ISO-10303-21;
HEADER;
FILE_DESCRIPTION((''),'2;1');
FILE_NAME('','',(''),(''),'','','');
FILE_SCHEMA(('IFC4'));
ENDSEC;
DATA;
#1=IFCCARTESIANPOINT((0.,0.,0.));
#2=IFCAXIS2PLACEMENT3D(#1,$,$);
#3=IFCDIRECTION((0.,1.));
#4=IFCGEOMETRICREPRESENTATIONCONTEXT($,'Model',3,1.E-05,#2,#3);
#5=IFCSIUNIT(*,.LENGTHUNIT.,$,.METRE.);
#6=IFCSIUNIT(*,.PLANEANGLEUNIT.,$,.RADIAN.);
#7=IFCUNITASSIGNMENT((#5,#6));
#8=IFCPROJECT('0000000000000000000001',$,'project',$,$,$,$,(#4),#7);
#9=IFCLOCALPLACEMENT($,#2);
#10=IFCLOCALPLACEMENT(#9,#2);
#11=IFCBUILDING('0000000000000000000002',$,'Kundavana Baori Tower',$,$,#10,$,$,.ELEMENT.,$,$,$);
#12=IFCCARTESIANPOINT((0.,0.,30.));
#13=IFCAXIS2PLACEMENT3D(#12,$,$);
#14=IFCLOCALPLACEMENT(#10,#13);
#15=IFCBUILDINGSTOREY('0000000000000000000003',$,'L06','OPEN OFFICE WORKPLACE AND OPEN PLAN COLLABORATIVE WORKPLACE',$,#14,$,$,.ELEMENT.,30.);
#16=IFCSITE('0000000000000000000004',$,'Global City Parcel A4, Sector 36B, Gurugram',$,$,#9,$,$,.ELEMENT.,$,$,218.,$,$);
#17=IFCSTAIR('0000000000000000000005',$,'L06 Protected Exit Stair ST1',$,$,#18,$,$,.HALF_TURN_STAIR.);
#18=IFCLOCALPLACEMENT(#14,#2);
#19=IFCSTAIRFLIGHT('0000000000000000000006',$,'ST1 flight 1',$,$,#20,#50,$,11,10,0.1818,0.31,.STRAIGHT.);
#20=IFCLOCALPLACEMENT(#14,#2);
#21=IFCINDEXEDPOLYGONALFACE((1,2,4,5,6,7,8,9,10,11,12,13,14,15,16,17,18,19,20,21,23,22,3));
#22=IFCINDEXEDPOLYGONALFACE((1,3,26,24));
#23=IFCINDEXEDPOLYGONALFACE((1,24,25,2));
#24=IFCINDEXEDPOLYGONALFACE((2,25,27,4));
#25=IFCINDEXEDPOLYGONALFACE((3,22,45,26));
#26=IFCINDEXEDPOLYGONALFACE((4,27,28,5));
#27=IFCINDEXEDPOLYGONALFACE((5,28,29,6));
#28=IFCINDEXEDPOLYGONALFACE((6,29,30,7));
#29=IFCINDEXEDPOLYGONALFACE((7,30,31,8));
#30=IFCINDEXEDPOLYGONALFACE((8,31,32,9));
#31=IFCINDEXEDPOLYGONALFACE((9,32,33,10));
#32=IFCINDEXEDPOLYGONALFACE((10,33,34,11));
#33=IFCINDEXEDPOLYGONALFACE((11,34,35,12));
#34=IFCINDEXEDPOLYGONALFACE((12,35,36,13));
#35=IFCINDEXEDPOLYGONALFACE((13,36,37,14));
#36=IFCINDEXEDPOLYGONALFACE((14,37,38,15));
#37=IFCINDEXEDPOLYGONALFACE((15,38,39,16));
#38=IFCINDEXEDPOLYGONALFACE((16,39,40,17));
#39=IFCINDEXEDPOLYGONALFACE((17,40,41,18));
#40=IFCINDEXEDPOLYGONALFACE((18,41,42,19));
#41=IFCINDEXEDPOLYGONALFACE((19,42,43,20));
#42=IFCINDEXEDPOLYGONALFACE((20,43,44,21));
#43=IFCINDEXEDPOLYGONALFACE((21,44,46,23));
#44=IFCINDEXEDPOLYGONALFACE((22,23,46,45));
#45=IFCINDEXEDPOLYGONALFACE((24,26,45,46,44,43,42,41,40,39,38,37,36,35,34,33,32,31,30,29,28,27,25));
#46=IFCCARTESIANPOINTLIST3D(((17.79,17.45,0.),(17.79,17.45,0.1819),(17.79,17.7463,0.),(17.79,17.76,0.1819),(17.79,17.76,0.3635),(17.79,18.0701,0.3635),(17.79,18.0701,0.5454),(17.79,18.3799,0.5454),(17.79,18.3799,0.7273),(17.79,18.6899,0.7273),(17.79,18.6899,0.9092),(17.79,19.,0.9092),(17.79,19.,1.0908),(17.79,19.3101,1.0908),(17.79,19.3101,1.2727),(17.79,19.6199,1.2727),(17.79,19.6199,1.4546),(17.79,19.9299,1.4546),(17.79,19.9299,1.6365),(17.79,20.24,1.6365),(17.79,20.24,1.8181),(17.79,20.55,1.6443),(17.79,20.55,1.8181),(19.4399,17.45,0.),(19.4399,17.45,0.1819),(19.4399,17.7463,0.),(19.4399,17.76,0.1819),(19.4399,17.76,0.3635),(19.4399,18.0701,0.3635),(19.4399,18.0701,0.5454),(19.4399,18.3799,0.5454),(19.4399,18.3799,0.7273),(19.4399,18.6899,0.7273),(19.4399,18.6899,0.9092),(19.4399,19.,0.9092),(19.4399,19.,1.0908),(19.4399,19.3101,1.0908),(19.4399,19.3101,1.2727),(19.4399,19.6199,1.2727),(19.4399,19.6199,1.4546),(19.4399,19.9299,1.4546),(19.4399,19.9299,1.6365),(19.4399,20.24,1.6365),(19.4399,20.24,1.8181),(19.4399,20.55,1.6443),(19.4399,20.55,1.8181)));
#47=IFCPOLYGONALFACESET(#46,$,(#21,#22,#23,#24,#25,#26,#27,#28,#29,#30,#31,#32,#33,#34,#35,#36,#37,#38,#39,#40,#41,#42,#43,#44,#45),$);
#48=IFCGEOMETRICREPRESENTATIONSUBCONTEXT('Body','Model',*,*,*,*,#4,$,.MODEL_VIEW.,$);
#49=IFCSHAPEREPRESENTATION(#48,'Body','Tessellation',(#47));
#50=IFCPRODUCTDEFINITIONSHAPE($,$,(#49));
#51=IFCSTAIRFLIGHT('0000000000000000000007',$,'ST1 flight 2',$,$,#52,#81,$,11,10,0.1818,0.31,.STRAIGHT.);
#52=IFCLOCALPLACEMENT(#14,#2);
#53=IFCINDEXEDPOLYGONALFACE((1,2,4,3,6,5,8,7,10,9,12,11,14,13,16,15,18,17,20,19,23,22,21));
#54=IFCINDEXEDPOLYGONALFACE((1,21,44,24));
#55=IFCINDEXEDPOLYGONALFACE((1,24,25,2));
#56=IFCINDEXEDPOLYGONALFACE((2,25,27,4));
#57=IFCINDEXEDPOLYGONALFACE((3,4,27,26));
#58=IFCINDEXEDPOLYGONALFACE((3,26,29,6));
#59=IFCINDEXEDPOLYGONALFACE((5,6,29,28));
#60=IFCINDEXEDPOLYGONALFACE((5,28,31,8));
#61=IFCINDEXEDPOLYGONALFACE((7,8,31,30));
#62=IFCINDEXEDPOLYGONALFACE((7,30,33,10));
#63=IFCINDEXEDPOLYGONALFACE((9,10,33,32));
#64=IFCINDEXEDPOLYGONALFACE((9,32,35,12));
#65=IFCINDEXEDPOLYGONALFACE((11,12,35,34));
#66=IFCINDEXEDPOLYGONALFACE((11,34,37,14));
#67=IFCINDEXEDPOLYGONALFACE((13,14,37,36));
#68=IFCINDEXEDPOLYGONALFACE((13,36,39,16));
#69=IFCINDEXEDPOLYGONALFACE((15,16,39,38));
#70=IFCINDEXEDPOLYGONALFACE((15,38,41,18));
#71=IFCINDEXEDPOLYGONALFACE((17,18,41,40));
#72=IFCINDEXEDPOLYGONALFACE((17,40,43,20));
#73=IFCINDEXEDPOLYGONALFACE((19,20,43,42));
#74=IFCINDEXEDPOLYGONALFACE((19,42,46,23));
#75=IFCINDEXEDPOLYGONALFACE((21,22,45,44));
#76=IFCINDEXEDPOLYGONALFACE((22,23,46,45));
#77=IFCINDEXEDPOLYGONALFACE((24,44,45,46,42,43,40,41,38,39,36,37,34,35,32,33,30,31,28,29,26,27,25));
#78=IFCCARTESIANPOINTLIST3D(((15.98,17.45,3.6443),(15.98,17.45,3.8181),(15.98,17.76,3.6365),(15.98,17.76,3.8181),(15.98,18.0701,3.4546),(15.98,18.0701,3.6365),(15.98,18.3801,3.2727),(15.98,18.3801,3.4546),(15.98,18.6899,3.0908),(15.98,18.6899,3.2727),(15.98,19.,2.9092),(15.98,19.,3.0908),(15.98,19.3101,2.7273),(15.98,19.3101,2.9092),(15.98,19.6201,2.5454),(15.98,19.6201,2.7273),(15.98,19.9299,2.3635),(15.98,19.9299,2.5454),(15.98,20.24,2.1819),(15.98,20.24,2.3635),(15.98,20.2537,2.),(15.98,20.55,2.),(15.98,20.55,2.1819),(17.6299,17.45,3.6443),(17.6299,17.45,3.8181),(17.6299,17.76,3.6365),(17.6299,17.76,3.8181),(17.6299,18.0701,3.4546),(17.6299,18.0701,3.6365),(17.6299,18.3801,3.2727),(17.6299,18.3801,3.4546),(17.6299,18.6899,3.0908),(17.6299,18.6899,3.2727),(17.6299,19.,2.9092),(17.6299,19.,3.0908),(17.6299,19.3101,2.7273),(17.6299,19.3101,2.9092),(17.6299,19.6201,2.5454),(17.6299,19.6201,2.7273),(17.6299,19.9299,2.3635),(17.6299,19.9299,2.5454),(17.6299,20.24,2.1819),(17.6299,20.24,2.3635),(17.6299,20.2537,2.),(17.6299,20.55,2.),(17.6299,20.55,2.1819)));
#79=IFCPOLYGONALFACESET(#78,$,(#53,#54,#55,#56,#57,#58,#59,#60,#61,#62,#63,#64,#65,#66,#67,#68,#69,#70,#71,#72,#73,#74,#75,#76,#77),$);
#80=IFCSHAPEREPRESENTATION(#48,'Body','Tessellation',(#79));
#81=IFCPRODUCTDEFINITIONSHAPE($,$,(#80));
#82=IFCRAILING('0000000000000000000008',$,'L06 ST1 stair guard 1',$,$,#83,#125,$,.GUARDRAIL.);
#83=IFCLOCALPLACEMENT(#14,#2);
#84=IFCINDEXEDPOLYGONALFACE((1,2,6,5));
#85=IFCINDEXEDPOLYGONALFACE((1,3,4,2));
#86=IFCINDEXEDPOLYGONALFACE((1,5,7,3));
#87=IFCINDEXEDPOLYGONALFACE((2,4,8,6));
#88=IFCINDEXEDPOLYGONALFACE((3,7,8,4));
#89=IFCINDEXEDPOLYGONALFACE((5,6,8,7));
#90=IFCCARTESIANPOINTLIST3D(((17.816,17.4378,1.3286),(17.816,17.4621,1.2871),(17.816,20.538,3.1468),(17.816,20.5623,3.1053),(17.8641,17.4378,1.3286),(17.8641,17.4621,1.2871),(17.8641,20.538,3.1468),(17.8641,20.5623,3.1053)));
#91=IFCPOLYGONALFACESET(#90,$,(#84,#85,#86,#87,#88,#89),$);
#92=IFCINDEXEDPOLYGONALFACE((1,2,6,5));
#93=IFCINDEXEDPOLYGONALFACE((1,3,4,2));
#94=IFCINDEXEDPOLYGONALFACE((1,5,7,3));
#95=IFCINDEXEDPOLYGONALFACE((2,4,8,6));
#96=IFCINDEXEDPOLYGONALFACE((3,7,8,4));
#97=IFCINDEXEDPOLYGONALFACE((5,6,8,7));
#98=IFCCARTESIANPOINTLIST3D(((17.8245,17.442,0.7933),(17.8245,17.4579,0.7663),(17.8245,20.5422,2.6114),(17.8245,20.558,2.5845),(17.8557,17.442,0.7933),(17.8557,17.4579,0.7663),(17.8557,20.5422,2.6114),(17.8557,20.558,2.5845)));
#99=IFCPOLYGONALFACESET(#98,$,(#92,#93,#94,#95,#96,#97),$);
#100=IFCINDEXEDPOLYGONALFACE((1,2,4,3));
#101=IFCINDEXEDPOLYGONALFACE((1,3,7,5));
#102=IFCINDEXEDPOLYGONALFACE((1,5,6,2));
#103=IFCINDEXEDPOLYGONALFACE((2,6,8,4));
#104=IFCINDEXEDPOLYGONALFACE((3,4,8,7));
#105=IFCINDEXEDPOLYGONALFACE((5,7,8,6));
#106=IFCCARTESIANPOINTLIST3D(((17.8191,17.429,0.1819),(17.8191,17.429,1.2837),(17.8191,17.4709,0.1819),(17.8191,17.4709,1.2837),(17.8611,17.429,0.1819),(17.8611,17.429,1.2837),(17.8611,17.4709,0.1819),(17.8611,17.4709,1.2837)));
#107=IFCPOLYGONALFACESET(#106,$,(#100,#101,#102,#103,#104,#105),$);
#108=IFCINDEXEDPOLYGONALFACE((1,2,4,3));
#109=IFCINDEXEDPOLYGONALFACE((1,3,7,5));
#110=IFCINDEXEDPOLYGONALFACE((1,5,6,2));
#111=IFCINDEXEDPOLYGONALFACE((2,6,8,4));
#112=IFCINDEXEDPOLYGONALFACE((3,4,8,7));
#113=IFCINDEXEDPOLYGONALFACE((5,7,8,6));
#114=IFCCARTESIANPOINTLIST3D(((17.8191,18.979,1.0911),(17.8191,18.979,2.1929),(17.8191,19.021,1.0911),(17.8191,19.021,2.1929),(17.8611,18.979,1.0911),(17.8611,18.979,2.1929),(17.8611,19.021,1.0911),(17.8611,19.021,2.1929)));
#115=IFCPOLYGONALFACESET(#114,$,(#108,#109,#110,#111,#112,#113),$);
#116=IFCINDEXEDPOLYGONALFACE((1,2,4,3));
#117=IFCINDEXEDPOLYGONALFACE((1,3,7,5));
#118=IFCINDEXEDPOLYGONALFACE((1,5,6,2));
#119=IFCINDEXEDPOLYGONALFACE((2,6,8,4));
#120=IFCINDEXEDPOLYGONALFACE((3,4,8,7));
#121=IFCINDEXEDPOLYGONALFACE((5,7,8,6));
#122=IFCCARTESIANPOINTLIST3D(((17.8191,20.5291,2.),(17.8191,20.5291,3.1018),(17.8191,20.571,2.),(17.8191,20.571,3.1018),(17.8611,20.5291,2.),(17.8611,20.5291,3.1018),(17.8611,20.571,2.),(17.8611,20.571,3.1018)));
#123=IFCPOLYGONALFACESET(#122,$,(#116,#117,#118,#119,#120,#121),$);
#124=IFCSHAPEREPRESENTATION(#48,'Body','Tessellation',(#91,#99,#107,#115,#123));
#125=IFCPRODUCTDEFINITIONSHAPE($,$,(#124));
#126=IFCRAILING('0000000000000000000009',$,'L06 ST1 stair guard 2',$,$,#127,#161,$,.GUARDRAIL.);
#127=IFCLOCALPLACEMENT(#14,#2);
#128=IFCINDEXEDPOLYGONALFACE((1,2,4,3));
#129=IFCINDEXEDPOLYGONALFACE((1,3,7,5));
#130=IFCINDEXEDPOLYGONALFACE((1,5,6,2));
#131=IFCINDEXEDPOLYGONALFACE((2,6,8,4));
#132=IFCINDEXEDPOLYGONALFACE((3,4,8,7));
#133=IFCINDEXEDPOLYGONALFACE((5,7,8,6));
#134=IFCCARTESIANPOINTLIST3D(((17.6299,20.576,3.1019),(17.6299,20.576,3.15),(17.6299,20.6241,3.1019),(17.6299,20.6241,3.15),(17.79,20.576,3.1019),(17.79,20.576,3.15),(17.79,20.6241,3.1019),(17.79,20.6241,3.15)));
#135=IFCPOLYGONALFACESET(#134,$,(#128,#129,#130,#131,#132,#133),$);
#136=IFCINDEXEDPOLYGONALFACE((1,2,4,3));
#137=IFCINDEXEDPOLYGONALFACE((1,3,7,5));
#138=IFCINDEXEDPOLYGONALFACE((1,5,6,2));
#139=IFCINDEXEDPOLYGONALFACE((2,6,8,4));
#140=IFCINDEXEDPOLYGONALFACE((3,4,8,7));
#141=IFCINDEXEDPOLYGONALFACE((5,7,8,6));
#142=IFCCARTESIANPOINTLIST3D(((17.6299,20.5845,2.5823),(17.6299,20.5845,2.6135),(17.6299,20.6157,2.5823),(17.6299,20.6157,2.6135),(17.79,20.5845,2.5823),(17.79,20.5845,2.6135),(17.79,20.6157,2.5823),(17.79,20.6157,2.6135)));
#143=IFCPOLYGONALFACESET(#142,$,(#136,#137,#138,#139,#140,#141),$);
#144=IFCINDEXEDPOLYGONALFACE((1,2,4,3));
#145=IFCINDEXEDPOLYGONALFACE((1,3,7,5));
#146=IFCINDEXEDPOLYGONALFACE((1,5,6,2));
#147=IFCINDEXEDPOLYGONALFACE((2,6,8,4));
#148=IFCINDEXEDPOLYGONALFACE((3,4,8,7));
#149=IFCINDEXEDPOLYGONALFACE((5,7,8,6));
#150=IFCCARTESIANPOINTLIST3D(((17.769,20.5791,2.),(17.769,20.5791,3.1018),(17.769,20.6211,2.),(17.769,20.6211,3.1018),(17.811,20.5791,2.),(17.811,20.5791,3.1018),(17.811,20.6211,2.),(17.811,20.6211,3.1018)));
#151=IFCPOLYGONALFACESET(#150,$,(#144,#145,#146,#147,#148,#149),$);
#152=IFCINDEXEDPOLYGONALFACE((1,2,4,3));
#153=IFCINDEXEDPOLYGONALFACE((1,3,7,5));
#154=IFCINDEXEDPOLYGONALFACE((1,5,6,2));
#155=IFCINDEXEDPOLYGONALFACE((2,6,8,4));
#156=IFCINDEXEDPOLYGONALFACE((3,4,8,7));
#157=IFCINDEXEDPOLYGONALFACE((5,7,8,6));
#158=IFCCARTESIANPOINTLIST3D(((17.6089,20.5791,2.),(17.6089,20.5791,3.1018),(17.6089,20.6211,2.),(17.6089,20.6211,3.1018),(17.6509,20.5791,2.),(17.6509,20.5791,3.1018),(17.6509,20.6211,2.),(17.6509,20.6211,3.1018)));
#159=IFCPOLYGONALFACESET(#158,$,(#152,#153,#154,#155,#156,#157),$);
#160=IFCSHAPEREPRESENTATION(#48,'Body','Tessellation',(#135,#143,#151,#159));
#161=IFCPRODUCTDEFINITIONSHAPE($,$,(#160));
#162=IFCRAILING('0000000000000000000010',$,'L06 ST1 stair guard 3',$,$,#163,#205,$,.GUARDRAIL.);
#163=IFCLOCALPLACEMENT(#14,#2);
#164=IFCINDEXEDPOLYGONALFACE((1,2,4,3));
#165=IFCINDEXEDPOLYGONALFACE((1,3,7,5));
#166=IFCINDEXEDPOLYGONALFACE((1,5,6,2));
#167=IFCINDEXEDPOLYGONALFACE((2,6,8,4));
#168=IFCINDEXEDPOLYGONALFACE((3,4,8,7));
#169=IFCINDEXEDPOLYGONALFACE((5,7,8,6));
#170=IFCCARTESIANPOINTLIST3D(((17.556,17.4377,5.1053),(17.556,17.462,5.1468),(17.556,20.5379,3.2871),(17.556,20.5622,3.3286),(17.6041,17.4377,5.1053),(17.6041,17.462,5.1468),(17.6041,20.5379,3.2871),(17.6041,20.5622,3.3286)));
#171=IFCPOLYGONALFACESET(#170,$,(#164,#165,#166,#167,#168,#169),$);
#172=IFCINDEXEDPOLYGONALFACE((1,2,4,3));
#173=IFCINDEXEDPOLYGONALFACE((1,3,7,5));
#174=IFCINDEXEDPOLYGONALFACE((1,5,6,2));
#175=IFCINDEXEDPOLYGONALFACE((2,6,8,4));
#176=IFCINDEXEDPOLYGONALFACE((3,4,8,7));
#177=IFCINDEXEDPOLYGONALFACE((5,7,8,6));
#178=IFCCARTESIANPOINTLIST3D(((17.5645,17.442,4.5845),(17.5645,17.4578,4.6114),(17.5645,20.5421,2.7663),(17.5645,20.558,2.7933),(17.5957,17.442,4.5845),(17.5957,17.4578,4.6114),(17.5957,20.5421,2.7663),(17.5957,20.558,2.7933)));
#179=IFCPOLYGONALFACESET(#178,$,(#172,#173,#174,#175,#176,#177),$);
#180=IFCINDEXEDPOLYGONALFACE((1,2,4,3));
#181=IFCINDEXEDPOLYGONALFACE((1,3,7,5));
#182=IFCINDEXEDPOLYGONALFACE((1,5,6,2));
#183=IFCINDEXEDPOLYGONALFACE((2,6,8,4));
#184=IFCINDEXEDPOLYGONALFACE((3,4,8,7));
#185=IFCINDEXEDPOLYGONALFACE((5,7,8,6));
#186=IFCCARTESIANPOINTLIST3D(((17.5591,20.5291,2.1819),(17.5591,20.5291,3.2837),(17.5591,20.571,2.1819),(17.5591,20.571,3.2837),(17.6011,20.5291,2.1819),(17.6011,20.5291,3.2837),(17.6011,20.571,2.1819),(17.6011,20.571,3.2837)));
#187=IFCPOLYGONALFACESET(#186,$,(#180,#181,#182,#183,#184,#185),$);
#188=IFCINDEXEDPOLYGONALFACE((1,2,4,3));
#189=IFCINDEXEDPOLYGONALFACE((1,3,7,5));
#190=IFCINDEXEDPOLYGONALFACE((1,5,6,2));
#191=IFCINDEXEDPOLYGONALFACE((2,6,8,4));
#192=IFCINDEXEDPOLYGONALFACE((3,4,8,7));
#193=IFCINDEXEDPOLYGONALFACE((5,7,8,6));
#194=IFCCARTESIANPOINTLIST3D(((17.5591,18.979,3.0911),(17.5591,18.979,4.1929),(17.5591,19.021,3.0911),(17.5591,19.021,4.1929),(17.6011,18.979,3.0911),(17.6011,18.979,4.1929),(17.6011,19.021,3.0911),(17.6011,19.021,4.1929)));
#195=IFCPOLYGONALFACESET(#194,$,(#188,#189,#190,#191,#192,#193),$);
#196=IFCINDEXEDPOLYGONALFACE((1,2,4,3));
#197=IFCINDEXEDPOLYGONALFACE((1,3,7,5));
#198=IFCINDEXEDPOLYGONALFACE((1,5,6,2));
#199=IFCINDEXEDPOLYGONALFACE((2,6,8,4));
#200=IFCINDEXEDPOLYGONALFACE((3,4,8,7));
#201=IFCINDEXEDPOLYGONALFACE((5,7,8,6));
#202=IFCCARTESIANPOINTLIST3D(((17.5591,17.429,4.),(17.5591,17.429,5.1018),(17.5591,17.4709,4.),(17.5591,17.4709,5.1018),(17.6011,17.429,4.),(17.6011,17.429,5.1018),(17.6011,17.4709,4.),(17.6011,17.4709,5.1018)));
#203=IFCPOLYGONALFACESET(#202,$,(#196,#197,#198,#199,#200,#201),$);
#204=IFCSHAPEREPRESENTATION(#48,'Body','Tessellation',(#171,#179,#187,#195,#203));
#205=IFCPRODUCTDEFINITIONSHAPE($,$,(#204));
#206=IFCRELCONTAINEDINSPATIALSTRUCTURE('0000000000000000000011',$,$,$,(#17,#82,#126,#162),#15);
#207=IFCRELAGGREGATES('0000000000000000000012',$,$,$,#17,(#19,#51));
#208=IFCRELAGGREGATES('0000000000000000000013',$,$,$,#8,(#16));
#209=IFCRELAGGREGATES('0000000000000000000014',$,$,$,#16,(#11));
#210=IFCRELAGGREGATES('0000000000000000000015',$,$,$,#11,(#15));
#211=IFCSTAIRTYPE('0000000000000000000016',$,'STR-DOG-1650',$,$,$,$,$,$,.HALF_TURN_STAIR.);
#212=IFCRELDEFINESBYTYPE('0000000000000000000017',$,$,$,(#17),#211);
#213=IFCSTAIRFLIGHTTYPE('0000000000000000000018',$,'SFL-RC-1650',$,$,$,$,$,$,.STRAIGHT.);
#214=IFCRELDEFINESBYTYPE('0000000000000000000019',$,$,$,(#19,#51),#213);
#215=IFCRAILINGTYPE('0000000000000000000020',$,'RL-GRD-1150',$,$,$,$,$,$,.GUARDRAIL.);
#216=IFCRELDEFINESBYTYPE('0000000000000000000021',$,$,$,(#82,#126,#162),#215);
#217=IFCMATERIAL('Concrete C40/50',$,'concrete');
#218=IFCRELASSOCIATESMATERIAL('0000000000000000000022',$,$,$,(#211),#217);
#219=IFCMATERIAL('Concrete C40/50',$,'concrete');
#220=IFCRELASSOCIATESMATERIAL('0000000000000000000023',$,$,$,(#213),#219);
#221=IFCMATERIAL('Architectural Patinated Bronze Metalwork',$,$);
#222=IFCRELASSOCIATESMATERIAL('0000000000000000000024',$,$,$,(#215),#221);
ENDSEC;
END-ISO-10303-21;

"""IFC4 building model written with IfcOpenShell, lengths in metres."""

from ifc_helpers import new_model, si_unit, direction, frame, origin, origin_2d, place, context, subcontext, project, spatial, polyline, rectangle, outline, extrude, material, type_object, element, aggregate, save


model = new_model("IFC4")

# Units and contexts
model_context = context("Model", 3, precision=1e-05, world=origin(), true_north=direction((0.0, 1.0)))
body_context = subcontext(model_context, "Body", "Model", "MODEL_VIEW")
ifc_project = project(units=[si_unit("LENGTHUNIT", "METRE"), si_unit("PLANEANGLEUNIT", "RADIAN")], contexts=[model_context])

# Site, building, storey
site_placement = place(None, origin())
site = spatial("IfcSite", under=ifc_project, at=site_placement, Name="Global City Parcel A4, Sector 36B, Gurugram", CompositionType="ELEMENT", RefElevation=218.0)
building_placement = place(site_placement, origin())
building = spatial("IfcBuilding", under=site, at=building_placement, Name="Kundavana Baori Tower", CompositionType="ELEMENT")
storey_placement = place(building_placement, frame((0.0, 0.0, 30.0)))
storey = spatial("IfcBuildingStorey", under=building, at=storey_placement, Name="L06", Description="OPEN OFFICE WORKPLACE AND OPEN PLAN COLLABORATIVE WORKPLACE", CompositionType="ELEMENT", Elevation=30.0)

# Stair, stair flights
ifc_material_1 = material(Name="Concrete C40/50", Category="concrete")
stair_type = type_object("IfcStairType", Name="STR-DOG-1650", PredefinedType="HALF_TURN_STAIR", material=ifc_material_1)
stair_placement = place(storey_placement, origin())
stair = element("IfcStair", 1, at=stair_placement, inside=storey, type_object=stair_type, Name="L06 Protected Exit Stair ST1", PredefinedType="HALF_TURN_STAIR")
ifc_material_2 = material(Name="Concrete C40/50", Category="concrete")
stair_flight_type = type_object("IfcStairFlightType", Name="SFL-RC-1650", PredefinedType="STRAIGHT", material=ifc_material_2)
stair_flight_1_placement = place(storey_placement, frame((18.615, 17.45, 0.0), z_axis=(0.0, 0.0, 1.0), x_axis=(0.0, 1.0, 0.0)))
stair_flight_1 = element("IfcStairFlight", 2, at=stair_flight_1_placement, type_object=stair_flight_type, Name="ST1 flight 1", NumberOfRisers=11, NumberOfTreads=10, PredefinedType="STRAIGHT", RiserHeight=0.1818, TreadLength=0.31, context=body_context, shape_type="SweptSolid", body=[
    extrude(outline(polyline([(0.0, 0.0), (0.0, 0.1819), (0.3101, 0.1819), (0.3101, 0.3635), (0.6201, 0.3635), (0.6201, 0.5454), (0.9299, 0.5454), (0.9299, 0.7273), (1.24, 0.7273), (1.24, 0.9092), (1.55, 0.9092), (1.55, 1.0908), (1.8601, 1.0908), (1.8601, 1.2727), (2.1699, 1.2727), (2.1699, 1.4546), (2.48, 1.4546), (2.48, 1.6365), (2.79, 1.6365), (2.79, 1.8181), (3.1001, 1.8181), (3.1001, 2.0), (3.1001, 1.6443), (0.2964, 0.0), (0.0, 0.0)])), frame((0.0, 0.825, 0.0), z_axis=(0.0, -1.0, 0.0), x_axis=(1.0, 0.0, 0.0)), (0.0, 0.0, 1.0), 1.6499),
])
stair_flight_2_placement = place(storey_placement, frame((16.8049, 20.55, 2.0), z_axis=(0.0, 0.0, 1.0), x_axis=(0.0, -1.0, 0.0)))
stair_flight_2 = element("IfcStairFlight", 3, at=stair_flight_2_placement, type_object=stair_flight_type, Name="ST1 flight 2", NumberOfRisers=11, NumberOfTreads=10, PredefinedType="STRAIGHT", RiserHeight=0.1818, TreadLength=0.31, context=body_context, shape_type="SweptSolid", body=[
    extrude(outline(polyline([(0.0, 0.0), (0.0, 0.1819), (0.3101, 0.1819), (0.3101, 0.3635), (0.6201, 0.3635), (0.6201, 0.5454), (0.9299, 0.5454), (0.9299, 0.7273), (1.24, 0.7273), (1.24, 0.9092), (1.55, 0.9092), (1.55, 1.0908), (1.8601, 1.0908), (1.8601, 1.2727), (2.1699, 1.2727), (2.1699, 1.4546), (2.48, 1.4546), (2.48, 1.6365), (2.79, 1.6365), (2.79, 1.8181), (3.1001, 1.8181), (3.1001, 2.0), (3.1001, 1.6443), (0.2964, 0.0), (0.0, 0.0)])), frame((0.0, 0.825, 0.0), z_axis=(0.0, -1.0, 0.0), x_axis=(1.0, 0.0, 0.0)), (0.0, 0.0, 1.0), 1.6499),
])
aggregate(stair, [stair_flight_1, stair_flight_2])

# Railings
ifc_material_3 = material(Name="Architectural Patinated Bronze Metalwork")
railing_type_1 = type_object("IfcRailingType", Name="RL-GRD-1150", PredefinedType="GUARDRAIL", material=ifc_material_3)
railing_1_placement = place(storey_placement, frame((17.8401, 17.45, 0.1819)))
element("IfcRailing", 4, at=railing_1_placement, inside=storey, type_object=railing_type_1, Name="L06 ST1 stair guard 1", PredefinedType="GUARDRAIL", context=body_context, shape_type="SweptSolid", body=[
    extrude(rectangle(XDim=0.0481, YDim=0.0481, at=origin_2d()), frame((0.0, 0.0, 1.126), z_axis=(0.0, 0.862599, 0.505889), x_axis=(-1.0, 0.0, 0.0)), (0.0, 0.0, 1.0), 3.594),
    extrude(rectangle(XDim=0.0312, YDim=0.0312, at=origin_2d()), frame((0.0, 0.0, 0.5979), z_axis=(0.0, 0.862599, 0.505889), x_axis=(-1.0, 0.0, 0.0)), (0.0, 0.0, 1.0), 3.594),
    extrude(rectangle(XDim=0.042, YDim=0.042, at=origin_2d()), origin(), (0.0, 0.0, 1.0), 1.1018),
    extrude(rectangle(XDim=0.042, YDim=0.042, at=origin_2d()), frame((0.0, 1.55, 0.9092)), (0.0, 0.0, 1.0), 1.1018),
    extrude(rectangle(XDim=0.042, YDim=0.042, at=origin_2d()), frame((0.0, 3.1001, 1.8181)), (0.0, 0.0, 1.0), 1.1018),
])
railing_2_placement = place(storey_placement, frame((17.79, 20.6001, 2.0)))
element("IfcRailing", 5, at=railing_2_placement, inside=storey, type_object=railing_type_1, Name="L06 ST1 stair guard 2", PredefinedType="GUARDRAIL", context=body_context, shape_type="SweptSolid", body=[
    extrude(rectangle(XDim=0.0481, YDim=0.0481, at=origin_2d()), frame((0.0, 0.0, 1.126), z_axis=(-1.0, 0.0, 0.0), x_axis=(0.0, -1.0, 0.0)), (0.0, 0.0, 1.0), 0.1602),
    extrude(rectangle(XDim=0.0312, YDim=0.0312, at=origin_2d()), frame((0.0, 0.0, 0.5979), z_axis=(-1.0, 0.0, 0.0), x_axis=(0.0, -1.0, 0.0)), (0.0, 0.0, 1.0), 0.1602),
    extrude(rectangle(XDim=0.042, YDim=0.042, at=origin_2d()), origin(), (0.0, 0.0, 1.0), 1.1018),
    extrude(rectangle(XDim=0.042, YDim=0.042, at=origin_2d()), frame((-0.1602, 0.0, 0.0)), (0.0, 0.0, 1.0), 1.1018),
])
railing_3_placement = place(storey_placement, frame((17.5801, 20.55, 2.1819)))
element("IfcRailing", 6, at=railing_3_placement, inside=storey, type_object=railing_type_1, Name="L06 ST1 stair guard 3", PredefinedType="GUARDRAIL", context=body_context, shape_type="SweptSolid", body=[
    extrude(rectangle(XDim=0.0481, YDim=0.0481, at=origin_2d()), frame((0.0, 0.0, 1.126), z_axis=(0.0, -0.862599, 0.505889), x_axis=(1.0, 0.0, 0.0)), (0.0, 0.0, 1.0), 3.594),
    extrude(rectangle(XDim=0.0312, YDim=0.0312, at=origin_2d()), frame((0.0, 0.0, 0.5979), z_axis=(0.0, -0.862599, 0.505889), x_axis=(1.0, 0.0, 0.0)), (0.0, 0.0, 1.0), 3.594),
    extrude(rectangle(XDim=0.042, YDim=0.042, at=origin_2d()), origin(), (0.0, 0.0, 1.0), 1.1018),
    extrude(rectangle(XDim=0.042, YDim=0.042, at=origin_2d()), frame((0.0, -1.55, 0.9092)), (0.0, 0.0, 1.0), 1.1018),
    extrude(rectangle(XDim=0.042, YDim=0.042, at=origin_2d()), frame((0.0, -3.1001, 1.8181)), (0.0, 0.0, 1.0), 1.1018),
])

save(model, "model.ifc")
